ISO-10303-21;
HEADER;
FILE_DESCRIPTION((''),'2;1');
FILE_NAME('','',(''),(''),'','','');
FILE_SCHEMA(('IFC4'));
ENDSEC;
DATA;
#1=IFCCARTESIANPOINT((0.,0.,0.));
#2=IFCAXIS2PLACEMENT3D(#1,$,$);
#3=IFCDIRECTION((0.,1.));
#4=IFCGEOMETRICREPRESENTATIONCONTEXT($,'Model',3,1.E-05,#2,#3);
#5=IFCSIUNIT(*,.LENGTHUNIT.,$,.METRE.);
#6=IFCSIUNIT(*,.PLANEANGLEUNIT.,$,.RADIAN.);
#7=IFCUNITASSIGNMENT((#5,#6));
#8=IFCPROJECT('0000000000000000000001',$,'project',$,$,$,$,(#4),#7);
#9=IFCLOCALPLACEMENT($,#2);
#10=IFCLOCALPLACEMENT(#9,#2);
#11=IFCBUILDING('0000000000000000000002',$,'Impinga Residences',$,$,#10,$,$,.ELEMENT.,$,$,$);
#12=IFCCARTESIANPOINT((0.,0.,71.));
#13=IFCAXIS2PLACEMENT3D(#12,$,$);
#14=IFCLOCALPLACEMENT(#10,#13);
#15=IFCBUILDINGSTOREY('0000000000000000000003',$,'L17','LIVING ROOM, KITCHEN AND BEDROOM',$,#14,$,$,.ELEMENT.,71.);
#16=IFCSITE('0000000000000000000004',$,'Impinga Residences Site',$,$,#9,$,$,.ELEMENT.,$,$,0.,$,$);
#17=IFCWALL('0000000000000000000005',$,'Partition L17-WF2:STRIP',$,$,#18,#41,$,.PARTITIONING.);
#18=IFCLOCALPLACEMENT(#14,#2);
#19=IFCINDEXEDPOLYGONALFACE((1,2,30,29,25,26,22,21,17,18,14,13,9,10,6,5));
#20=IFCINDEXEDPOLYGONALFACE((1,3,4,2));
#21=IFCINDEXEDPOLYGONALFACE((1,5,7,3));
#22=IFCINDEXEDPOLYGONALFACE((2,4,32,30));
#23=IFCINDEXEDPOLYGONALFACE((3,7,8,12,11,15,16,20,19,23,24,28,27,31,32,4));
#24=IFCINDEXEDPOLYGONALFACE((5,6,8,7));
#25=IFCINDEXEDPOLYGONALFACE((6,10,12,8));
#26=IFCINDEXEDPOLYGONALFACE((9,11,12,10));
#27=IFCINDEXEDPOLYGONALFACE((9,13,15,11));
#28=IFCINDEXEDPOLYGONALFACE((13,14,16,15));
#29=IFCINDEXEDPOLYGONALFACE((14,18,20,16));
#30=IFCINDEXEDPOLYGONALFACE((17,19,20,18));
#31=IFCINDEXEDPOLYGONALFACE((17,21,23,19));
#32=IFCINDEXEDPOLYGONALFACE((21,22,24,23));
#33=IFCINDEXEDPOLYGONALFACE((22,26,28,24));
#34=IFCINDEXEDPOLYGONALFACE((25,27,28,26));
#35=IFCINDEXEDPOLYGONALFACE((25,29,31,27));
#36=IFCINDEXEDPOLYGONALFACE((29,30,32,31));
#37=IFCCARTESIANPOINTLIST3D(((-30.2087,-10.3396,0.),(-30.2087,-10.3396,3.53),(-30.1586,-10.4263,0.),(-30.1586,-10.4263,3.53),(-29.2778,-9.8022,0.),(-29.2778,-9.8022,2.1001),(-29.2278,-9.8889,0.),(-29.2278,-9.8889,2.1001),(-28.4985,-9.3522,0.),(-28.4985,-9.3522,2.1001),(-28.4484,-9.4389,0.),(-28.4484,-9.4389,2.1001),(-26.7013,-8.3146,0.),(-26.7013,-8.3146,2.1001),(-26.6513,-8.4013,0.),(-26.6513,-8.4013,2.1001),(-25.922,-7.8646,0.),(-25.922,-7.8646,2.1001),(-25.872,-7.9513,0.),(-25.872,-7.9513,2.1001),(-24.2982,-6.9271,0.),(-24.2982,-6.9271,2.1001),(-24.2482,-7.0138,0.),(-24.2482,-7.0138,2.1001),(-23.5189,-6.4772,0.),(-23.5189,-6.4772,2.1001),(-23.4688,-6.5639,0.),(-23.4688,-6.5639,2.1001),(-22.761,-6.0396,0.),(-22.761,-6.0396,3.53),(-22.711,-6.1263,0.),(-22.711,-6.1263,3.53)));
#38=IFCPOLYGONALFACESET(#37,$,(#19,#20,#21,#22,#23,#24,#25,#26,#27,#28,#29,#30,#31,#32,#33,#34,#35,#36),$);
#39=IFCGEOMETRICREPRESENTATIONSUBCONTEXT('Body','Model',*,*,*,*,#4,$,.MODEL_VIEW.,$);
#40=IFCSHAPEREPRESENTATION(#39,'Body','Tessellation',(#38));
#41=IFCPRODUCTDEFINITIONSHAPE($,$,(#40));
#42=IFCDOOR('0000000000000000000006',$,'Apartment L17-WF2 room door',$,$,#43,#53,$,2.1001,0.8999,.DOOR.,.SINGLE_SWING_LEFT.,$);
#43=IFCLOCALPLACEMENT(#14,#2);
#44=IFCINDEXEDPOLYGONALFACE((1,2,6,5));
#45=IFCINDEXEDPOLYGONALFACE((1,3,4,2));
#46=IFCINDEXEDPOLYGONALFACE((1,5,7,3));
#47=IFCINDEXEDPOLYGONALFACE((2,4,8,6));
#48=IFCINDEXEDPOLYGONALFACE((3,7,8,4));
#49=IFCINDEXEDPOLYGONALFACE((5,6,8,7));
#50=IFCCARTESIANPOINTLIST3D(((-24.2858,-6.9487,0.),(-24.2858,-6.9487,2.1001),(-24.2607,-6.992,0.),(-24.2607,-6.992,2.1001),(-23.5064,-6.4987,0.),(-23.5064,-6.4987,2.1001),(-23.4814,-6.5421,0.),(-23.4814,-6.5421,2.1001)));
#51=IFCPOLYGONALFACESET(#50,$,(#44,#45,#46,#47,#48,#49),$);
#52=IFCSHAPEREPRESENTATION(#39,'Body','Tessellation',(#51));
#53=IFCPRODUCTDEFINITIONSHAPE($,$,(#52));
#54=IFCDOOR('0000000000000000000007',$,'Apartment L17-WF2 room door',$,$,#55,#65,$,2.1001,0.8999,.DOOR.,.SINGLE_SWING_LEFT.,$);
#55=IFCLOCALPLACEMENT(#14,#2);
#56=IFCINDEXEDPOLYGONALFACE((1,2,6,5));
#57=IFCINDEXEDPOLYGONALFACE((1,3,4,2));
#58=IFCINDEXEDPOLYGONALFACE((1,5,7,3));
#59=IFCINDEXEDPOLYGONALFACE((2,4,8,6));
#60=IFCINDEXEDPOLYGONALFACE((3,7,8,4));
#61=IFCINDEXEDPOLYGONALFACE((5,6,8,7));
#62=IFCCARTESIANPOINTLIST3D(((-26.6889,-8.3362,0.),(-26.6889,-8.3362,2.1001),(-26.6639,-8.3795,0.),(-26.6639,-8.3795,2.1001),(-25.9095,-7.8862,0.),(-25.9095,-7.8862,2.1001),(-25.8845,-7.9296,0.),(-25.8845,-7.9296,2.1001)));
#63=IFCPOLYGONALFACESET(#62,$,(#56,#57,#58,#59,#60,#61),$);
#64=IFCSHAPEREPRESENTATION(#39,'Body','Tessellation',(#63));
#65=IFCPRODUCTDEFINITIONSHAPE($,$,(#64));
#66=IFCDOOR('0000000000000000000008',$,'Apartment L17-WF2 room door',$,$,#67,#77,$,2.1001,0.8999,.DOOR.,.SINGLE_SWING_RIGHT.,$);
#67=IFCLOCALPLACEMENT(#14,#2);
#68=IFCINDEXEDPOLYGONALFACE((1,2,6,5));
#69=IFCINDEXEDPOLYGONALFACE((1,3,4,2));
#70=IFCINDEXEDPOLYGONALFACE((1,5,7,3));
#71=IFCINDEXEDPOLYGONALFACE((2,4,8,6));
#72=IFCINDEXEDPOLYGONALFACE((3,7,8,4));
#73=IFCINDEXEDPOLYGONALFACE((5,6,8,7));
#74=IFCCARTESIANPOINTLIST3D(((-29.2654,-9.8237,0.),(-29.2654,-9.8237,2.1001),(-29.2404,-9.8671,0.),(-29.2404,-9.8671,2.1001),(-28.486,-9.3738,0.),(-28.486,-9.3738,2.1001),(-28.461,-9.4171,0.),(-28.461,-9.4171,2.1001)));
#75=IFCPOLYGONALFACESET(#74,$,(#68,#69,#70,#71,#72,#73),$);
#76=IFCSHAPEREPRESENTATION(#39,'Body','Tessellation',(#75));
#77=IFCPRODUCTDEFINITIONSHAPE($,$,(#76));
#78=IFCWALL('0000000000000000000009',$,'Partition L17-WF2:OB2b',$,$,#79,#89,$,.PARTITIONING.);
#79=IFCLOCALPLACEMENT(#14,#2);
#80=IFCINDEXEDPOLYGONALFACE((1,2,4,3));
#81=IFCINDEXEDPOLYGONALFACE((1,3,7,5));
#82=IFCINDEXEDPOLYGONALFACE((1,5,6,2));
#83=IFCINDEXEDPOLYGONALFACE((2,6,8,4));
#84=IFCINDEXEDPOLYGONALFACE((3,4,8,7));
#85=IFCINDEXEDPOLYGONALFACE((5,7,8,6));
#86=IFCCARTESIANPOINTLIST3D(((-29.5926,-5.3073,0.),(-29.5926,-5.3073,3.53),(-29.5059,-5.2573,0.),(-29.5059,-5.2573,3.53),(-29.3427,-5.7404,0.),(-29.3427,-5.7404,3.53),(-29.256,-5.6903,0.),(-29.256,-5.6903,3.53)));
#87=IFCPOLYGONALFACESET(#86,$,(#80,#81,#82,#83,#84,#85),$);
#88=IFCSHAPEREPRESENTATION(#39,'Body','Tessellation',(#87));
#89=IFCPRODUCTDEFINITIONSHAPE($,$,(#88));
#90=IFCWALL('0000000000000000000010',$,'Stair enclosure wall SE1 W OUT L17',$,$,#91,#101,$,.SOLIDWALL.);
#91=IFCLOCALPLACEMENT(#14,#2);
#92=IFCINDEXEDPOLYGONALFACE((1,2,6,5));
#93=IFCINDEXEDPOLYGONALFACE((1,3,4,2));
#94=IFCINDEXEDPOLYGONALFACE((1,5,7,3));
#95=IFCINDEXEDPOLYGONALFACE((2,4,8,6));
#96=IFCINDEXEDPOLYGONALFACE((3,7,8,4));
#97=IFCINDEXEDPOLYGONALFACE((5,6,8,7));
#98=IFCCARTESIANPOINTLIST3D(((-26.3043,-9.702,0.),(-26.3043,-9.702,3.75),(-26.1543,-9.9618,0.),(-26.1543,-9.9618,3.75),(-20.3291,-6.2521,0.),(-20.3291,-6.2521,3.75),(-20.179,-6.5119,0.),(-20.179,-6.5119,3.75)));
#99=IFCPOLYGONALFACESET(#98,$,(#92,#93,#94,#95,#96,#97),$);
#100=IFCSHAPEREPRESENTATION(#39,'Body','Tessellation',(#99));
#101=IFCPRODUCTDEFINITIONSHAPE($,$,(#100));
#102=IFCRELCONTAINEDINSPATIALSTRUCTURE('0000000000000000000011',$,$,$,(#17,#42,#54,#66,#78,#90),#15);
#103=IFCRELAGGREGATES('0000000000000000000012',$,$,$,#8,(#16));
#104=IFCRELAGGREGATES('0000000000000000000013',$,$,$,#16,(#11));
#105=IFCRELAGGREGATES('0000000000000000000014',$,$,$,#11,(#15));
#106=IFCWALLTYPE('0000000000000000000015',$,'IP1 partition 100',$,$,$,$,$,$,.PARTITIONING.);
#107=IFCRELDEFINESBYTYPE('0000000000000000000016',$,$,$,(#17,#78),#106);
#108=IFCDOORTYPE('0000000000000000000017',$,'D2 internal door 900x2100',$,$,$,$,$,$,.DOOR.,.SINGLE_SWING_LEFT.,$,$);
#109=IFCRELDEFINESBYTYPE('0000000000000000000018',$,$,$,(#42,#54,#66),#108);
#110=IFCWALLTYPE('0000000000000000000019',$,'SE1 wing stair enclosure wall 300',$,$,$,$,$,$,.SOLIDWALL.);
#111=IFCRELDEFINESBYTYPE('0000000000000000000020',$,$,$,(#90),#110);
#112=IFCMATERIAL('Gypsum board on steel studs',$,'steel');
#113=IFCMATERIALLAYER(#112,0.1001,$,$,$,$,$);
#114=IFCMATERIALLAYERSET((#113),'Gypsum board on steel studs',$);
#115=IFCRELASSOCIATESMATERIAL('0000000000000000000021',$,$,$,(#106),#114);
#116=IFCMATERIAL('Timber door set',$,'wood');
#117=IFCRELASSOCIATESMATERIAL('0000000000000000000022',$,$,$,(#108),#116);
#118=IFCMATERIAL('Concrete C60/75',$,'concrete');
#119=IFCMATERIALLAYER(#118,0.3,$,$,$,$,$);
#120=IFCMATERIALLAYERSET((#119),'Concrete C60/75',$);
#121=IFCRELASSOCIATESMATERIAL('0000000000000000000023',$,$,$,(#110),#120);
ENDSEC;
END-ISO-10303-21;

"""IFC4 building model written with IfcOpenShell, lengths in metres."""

from ifc_helpers import new_model, si_unit, direction, frame, frame_2d, origin, place, context, subcontext, project, spatial, rectangle, extrude, material, layer, layer_set, type_object, element, fill, save


model = new_model("IFC4")

# Units and contexts
model_context = context("Model", 3, precision=1e-05, world=origin(), true_north=direction((0.0, 1.0)))
body_context = subcontext(model_context, "Body", "Model", "MODEL_VIEW")
ifc_project = project(units=[si_unit("LENGTHUNIT", "METRE"), si_unit("PLANEANGLEUNIT", "RADIAN")], contexts=[model_context])

# Site, building, storey
site_placement = place(None, origin())
site = spatial("IfcSite", under=ifc_project, at=site_placement, Name="Impinga Residences Site", CompositionType="ELEMENT", RefElevation=0.0)
building_placement = place(site_placement, origin())
building = spatial("IfcBuilding", under=site, at=building_placement, Name="Impinga Residences", CompositionType="ELEMENT")
storey_placement = place(building_placement, frame((0.0, 0.0, 71.0)))
storey = spatial("IfcBuildingStorey", under=building, at=storey_placement, Name="L17", Description="LIVING ROOM, KITCHEN AND BEDROOM", CompositionType="ELEMENT", Elevation=71.0)

# Shared definitions
ifc_material_1 = material(Name="Concrete C60/75", Category="concrete")

# Shared definitions
ifc_material_2 = material(Name="Gypsum board on steel studs", Category="steel")
ifc_layer_1 = layer(ifc_material_2, 0.1001)
ifc_layer_set_1 = layer_set([ifc_layer_1], Name="Gypsum board on steel studs")
wall_type_1 = type_object("IfcWallType", Name="IP1 partition 100", PredefinedType="PARTITIONING", material=ifc_layer_set_1)

# Wall, openings, doors
wall_1_placement = place(storey_placement, frame((-22.7361, -6.083, 0.0), z_axis=(0.0, 0.0, 1.0), x_axis=(-0.866021, -0.500008, 0.0)))
wall_1 = element("IfcWall", 1, at=wall_1_placement, inside=storey, type_object=wall_type_1, Name="Partition L17-WF2:STRIP", PredefinedType="PARTITIONING", context=body_context, shape_type="SweptSolid", body=[
    extrude(rectangle(XDim=8.5999, YDim=0.1001, at=frame_2d((4.2998, 0.0))), origin(), (0.0, 0.0, 1.0), 3.53),
])
opening_1_placement = place(wall_1_placement, frame((0.875, 0.0, 0.0)))
opening_1 = element("IfcOpeningElement", 2, at=opening_1_placement, cuts=wall_1, PredefinedType="OPENING", context=body_context, shape_type="SweptSolid", body=[
    extrude(rectangle(XDim=0.8999, YDim=2.1001, at=frame_2d((0.45, 1.05))), frame((0.0, 0.0601, 0.0), z_axis=(0.0, -1.0, 0.0), x_axis=(1.0, 0.0, 0.0)), (0.0, 0.0, 1.0), 0.1201),
])
opening_2_placement = place(wall_1_placement, frame((3.6499, 0.0, 0.0)))
opening_2 = element("IfcOpeningElement", 3, at=opening_2_placement, cuts=wall_1, PredefinedType="OPENING", context=body_context, shape_type="SweptSolid", body=[
    extrude(rectangle(XDim=0.8999, YDim=2.1001, at=frame_2d((0.45, 1.05))), frame((0.0, 0.0601, 0.0), z_axis=(0.0, -1.0, 0.0), x_axis=(1.0, 0.0, 0.0)), (0.0, 0.0, 1.0), 0.1201),
])
opening_3_placement = place(wall_1_placement, frame((6.625, 0.0, 0.0)))
opening_3 = element("IfcOpeningElement", 4, at=opening_3_placement, cuts=wall_1, PredefinedType="OPENING", context=body_context, shape_type="SweptSolid", body=[
    extrude(rectangle(XDim=0.8999, YDim=2.1001, at=frame_2d((0.45, 1.05))), frame((0.0, 0.0601, 0.0), z_axis=(0.0, -1.0, 0.0), x_axis=(1.0, 0.0, 0.0)), (0.0, 0.0, 1.0), 0.1201),
])
ifc_material_3 = material(Name="Timber door set", Category="wood")
door_type = type_object("IfcDoorType", Name="D2 internal door 900x2100", OperationType="SINGLE_SWING_LEFT", PredefinedType="DOOR", material=ifc_material_3)
door_1_placement = place(opening_1_placement, origin())
door_1 = element("IfcDoor", 5, at=door_1_placement, inside=storey, type_object=door_type, Name="Apartment L17-WF2 room door", OperationType="SINGLE_SWING_LEFT", OverallHeight=2.1001, OverallWidth=0.8999, PredefinedType="DOOR", context=body_context, shape_type="SweptSolid", body=[
    extrude(rectangle(XDim=0.8999, YDim=2.1001, at=frame_2d((0.45, 1.05))), frame((0.0, 0.0249, 0.0), z_axis=(0.0, -1.0, 0.0), x_axis=(1.0, 0.0, 0.0)), (0.0, 0.0, 1.0), 0.05),
])
fill(opening_1, door_1)
door_2_placement = place(opening_2_placement, origin())
door_2 = element("IfcDoor", 6, at=door_2_placement, inside=storey, type_object=door_type, Name="Apartment L17-WF2 room door", OperationType="SINGLE_SWING_LEFT", OverallHeight=2.1001, OverallWidth=0.8999, PredefinedType="DOOR", context=body_context, shape_type="SweptSolid", body=[
    extrude(rectangle(XDim=0.8999, YDim=2.1001, at=frame_2d((0.45, 1.05))), frame((0.0, 0.0249, 0.0), z_axis=(0.0, -1.0, 0.0), x_axis=(1.0, 0.0, 0.0)), (0.0, 0.0, 1.0), 0.05),
])
fill(opening_2, door_2)
door_3_placement = place(opening_3_placement, origin())
door_3 = element("IfcDoor", 7, at=door_3_placement, inside=storey, type_object=door_type, Name="Apartment L17-WF2 room door", OperationType="SINGLE_SWING_RIGHT", OverallHeight=2.1001, OverallWidth=0.8999, PredefinedType="DOOR", context=body_context, shape_type="SweptSolid", body=[
    extrude(rectangle(XDim=0.8999, YDim=2.1001, at=frame_2d((0.45, 1.05))), frame((0.0, 0.0249, 0.0), z_axis=(0.0, -1.0, 0.0), x_axis=(1.0, 0.0, 0.0)), (0.0, 0.0, 1.0), 0.05),
])
fill(opening_3, door_3)

# Walls
wall_2_placement = place(storey_placement, frame((-29.2993, -5.7153, 0.0), z_axis=(0.0, 0.0, 1.0), x_axis=(-0.49992, 0.866072, 0.0)))
element("IfcWall", 8, at=wall_2_placement, inside=storey, type_object=wall_type_1, Name="Partition L17-WF2:OB2b", PredefinedType="PARTITIONING", context=body_context, shape_type="SweptSolid", body=[
    extrude(rectangle(XDim=0.5, YDim=0.1001, at=frame_2d((0.25, 0.0))), origin(), (0.0, 0.0, 1.0), 3.53),
])
ifc_layer_2 = layer(ifc_material_1, 0.3)
ifc_layer_set_2 = layer_set([ifc_layer_2], Name="Concrete C60/75")
wall_type_2 = type_object("IfcWallType", Name="SE1 wing stair enclosure wall 300", PredefinedType="SOLIDWALL", material=ifc_layer_set_2)
wall_3_placement = place(storey_placement, frame((-20.2542, -6.3821, 0.0), z_axis=(0.0, 0.0, 1.0), x_axis=(-0.86602, -0.500009, 0.0)))
element("IfcWall", 9, at=wall_3_placement, inside=storey, type_object=wall_type_2, Name="Stair enclosure wall SE1 W OUT L17", PredefinedType="SOLIDWALL", context=body_context, shape_type="SweptSolid", body=[
    extrude(rectangle(XDim=6.8997, YDim=0.3, at=frame_2d((3.4497, 0.0))), origin(), (0.0, 0.0, 1.0), 3.75),
])

save(model, "model.ifc")
